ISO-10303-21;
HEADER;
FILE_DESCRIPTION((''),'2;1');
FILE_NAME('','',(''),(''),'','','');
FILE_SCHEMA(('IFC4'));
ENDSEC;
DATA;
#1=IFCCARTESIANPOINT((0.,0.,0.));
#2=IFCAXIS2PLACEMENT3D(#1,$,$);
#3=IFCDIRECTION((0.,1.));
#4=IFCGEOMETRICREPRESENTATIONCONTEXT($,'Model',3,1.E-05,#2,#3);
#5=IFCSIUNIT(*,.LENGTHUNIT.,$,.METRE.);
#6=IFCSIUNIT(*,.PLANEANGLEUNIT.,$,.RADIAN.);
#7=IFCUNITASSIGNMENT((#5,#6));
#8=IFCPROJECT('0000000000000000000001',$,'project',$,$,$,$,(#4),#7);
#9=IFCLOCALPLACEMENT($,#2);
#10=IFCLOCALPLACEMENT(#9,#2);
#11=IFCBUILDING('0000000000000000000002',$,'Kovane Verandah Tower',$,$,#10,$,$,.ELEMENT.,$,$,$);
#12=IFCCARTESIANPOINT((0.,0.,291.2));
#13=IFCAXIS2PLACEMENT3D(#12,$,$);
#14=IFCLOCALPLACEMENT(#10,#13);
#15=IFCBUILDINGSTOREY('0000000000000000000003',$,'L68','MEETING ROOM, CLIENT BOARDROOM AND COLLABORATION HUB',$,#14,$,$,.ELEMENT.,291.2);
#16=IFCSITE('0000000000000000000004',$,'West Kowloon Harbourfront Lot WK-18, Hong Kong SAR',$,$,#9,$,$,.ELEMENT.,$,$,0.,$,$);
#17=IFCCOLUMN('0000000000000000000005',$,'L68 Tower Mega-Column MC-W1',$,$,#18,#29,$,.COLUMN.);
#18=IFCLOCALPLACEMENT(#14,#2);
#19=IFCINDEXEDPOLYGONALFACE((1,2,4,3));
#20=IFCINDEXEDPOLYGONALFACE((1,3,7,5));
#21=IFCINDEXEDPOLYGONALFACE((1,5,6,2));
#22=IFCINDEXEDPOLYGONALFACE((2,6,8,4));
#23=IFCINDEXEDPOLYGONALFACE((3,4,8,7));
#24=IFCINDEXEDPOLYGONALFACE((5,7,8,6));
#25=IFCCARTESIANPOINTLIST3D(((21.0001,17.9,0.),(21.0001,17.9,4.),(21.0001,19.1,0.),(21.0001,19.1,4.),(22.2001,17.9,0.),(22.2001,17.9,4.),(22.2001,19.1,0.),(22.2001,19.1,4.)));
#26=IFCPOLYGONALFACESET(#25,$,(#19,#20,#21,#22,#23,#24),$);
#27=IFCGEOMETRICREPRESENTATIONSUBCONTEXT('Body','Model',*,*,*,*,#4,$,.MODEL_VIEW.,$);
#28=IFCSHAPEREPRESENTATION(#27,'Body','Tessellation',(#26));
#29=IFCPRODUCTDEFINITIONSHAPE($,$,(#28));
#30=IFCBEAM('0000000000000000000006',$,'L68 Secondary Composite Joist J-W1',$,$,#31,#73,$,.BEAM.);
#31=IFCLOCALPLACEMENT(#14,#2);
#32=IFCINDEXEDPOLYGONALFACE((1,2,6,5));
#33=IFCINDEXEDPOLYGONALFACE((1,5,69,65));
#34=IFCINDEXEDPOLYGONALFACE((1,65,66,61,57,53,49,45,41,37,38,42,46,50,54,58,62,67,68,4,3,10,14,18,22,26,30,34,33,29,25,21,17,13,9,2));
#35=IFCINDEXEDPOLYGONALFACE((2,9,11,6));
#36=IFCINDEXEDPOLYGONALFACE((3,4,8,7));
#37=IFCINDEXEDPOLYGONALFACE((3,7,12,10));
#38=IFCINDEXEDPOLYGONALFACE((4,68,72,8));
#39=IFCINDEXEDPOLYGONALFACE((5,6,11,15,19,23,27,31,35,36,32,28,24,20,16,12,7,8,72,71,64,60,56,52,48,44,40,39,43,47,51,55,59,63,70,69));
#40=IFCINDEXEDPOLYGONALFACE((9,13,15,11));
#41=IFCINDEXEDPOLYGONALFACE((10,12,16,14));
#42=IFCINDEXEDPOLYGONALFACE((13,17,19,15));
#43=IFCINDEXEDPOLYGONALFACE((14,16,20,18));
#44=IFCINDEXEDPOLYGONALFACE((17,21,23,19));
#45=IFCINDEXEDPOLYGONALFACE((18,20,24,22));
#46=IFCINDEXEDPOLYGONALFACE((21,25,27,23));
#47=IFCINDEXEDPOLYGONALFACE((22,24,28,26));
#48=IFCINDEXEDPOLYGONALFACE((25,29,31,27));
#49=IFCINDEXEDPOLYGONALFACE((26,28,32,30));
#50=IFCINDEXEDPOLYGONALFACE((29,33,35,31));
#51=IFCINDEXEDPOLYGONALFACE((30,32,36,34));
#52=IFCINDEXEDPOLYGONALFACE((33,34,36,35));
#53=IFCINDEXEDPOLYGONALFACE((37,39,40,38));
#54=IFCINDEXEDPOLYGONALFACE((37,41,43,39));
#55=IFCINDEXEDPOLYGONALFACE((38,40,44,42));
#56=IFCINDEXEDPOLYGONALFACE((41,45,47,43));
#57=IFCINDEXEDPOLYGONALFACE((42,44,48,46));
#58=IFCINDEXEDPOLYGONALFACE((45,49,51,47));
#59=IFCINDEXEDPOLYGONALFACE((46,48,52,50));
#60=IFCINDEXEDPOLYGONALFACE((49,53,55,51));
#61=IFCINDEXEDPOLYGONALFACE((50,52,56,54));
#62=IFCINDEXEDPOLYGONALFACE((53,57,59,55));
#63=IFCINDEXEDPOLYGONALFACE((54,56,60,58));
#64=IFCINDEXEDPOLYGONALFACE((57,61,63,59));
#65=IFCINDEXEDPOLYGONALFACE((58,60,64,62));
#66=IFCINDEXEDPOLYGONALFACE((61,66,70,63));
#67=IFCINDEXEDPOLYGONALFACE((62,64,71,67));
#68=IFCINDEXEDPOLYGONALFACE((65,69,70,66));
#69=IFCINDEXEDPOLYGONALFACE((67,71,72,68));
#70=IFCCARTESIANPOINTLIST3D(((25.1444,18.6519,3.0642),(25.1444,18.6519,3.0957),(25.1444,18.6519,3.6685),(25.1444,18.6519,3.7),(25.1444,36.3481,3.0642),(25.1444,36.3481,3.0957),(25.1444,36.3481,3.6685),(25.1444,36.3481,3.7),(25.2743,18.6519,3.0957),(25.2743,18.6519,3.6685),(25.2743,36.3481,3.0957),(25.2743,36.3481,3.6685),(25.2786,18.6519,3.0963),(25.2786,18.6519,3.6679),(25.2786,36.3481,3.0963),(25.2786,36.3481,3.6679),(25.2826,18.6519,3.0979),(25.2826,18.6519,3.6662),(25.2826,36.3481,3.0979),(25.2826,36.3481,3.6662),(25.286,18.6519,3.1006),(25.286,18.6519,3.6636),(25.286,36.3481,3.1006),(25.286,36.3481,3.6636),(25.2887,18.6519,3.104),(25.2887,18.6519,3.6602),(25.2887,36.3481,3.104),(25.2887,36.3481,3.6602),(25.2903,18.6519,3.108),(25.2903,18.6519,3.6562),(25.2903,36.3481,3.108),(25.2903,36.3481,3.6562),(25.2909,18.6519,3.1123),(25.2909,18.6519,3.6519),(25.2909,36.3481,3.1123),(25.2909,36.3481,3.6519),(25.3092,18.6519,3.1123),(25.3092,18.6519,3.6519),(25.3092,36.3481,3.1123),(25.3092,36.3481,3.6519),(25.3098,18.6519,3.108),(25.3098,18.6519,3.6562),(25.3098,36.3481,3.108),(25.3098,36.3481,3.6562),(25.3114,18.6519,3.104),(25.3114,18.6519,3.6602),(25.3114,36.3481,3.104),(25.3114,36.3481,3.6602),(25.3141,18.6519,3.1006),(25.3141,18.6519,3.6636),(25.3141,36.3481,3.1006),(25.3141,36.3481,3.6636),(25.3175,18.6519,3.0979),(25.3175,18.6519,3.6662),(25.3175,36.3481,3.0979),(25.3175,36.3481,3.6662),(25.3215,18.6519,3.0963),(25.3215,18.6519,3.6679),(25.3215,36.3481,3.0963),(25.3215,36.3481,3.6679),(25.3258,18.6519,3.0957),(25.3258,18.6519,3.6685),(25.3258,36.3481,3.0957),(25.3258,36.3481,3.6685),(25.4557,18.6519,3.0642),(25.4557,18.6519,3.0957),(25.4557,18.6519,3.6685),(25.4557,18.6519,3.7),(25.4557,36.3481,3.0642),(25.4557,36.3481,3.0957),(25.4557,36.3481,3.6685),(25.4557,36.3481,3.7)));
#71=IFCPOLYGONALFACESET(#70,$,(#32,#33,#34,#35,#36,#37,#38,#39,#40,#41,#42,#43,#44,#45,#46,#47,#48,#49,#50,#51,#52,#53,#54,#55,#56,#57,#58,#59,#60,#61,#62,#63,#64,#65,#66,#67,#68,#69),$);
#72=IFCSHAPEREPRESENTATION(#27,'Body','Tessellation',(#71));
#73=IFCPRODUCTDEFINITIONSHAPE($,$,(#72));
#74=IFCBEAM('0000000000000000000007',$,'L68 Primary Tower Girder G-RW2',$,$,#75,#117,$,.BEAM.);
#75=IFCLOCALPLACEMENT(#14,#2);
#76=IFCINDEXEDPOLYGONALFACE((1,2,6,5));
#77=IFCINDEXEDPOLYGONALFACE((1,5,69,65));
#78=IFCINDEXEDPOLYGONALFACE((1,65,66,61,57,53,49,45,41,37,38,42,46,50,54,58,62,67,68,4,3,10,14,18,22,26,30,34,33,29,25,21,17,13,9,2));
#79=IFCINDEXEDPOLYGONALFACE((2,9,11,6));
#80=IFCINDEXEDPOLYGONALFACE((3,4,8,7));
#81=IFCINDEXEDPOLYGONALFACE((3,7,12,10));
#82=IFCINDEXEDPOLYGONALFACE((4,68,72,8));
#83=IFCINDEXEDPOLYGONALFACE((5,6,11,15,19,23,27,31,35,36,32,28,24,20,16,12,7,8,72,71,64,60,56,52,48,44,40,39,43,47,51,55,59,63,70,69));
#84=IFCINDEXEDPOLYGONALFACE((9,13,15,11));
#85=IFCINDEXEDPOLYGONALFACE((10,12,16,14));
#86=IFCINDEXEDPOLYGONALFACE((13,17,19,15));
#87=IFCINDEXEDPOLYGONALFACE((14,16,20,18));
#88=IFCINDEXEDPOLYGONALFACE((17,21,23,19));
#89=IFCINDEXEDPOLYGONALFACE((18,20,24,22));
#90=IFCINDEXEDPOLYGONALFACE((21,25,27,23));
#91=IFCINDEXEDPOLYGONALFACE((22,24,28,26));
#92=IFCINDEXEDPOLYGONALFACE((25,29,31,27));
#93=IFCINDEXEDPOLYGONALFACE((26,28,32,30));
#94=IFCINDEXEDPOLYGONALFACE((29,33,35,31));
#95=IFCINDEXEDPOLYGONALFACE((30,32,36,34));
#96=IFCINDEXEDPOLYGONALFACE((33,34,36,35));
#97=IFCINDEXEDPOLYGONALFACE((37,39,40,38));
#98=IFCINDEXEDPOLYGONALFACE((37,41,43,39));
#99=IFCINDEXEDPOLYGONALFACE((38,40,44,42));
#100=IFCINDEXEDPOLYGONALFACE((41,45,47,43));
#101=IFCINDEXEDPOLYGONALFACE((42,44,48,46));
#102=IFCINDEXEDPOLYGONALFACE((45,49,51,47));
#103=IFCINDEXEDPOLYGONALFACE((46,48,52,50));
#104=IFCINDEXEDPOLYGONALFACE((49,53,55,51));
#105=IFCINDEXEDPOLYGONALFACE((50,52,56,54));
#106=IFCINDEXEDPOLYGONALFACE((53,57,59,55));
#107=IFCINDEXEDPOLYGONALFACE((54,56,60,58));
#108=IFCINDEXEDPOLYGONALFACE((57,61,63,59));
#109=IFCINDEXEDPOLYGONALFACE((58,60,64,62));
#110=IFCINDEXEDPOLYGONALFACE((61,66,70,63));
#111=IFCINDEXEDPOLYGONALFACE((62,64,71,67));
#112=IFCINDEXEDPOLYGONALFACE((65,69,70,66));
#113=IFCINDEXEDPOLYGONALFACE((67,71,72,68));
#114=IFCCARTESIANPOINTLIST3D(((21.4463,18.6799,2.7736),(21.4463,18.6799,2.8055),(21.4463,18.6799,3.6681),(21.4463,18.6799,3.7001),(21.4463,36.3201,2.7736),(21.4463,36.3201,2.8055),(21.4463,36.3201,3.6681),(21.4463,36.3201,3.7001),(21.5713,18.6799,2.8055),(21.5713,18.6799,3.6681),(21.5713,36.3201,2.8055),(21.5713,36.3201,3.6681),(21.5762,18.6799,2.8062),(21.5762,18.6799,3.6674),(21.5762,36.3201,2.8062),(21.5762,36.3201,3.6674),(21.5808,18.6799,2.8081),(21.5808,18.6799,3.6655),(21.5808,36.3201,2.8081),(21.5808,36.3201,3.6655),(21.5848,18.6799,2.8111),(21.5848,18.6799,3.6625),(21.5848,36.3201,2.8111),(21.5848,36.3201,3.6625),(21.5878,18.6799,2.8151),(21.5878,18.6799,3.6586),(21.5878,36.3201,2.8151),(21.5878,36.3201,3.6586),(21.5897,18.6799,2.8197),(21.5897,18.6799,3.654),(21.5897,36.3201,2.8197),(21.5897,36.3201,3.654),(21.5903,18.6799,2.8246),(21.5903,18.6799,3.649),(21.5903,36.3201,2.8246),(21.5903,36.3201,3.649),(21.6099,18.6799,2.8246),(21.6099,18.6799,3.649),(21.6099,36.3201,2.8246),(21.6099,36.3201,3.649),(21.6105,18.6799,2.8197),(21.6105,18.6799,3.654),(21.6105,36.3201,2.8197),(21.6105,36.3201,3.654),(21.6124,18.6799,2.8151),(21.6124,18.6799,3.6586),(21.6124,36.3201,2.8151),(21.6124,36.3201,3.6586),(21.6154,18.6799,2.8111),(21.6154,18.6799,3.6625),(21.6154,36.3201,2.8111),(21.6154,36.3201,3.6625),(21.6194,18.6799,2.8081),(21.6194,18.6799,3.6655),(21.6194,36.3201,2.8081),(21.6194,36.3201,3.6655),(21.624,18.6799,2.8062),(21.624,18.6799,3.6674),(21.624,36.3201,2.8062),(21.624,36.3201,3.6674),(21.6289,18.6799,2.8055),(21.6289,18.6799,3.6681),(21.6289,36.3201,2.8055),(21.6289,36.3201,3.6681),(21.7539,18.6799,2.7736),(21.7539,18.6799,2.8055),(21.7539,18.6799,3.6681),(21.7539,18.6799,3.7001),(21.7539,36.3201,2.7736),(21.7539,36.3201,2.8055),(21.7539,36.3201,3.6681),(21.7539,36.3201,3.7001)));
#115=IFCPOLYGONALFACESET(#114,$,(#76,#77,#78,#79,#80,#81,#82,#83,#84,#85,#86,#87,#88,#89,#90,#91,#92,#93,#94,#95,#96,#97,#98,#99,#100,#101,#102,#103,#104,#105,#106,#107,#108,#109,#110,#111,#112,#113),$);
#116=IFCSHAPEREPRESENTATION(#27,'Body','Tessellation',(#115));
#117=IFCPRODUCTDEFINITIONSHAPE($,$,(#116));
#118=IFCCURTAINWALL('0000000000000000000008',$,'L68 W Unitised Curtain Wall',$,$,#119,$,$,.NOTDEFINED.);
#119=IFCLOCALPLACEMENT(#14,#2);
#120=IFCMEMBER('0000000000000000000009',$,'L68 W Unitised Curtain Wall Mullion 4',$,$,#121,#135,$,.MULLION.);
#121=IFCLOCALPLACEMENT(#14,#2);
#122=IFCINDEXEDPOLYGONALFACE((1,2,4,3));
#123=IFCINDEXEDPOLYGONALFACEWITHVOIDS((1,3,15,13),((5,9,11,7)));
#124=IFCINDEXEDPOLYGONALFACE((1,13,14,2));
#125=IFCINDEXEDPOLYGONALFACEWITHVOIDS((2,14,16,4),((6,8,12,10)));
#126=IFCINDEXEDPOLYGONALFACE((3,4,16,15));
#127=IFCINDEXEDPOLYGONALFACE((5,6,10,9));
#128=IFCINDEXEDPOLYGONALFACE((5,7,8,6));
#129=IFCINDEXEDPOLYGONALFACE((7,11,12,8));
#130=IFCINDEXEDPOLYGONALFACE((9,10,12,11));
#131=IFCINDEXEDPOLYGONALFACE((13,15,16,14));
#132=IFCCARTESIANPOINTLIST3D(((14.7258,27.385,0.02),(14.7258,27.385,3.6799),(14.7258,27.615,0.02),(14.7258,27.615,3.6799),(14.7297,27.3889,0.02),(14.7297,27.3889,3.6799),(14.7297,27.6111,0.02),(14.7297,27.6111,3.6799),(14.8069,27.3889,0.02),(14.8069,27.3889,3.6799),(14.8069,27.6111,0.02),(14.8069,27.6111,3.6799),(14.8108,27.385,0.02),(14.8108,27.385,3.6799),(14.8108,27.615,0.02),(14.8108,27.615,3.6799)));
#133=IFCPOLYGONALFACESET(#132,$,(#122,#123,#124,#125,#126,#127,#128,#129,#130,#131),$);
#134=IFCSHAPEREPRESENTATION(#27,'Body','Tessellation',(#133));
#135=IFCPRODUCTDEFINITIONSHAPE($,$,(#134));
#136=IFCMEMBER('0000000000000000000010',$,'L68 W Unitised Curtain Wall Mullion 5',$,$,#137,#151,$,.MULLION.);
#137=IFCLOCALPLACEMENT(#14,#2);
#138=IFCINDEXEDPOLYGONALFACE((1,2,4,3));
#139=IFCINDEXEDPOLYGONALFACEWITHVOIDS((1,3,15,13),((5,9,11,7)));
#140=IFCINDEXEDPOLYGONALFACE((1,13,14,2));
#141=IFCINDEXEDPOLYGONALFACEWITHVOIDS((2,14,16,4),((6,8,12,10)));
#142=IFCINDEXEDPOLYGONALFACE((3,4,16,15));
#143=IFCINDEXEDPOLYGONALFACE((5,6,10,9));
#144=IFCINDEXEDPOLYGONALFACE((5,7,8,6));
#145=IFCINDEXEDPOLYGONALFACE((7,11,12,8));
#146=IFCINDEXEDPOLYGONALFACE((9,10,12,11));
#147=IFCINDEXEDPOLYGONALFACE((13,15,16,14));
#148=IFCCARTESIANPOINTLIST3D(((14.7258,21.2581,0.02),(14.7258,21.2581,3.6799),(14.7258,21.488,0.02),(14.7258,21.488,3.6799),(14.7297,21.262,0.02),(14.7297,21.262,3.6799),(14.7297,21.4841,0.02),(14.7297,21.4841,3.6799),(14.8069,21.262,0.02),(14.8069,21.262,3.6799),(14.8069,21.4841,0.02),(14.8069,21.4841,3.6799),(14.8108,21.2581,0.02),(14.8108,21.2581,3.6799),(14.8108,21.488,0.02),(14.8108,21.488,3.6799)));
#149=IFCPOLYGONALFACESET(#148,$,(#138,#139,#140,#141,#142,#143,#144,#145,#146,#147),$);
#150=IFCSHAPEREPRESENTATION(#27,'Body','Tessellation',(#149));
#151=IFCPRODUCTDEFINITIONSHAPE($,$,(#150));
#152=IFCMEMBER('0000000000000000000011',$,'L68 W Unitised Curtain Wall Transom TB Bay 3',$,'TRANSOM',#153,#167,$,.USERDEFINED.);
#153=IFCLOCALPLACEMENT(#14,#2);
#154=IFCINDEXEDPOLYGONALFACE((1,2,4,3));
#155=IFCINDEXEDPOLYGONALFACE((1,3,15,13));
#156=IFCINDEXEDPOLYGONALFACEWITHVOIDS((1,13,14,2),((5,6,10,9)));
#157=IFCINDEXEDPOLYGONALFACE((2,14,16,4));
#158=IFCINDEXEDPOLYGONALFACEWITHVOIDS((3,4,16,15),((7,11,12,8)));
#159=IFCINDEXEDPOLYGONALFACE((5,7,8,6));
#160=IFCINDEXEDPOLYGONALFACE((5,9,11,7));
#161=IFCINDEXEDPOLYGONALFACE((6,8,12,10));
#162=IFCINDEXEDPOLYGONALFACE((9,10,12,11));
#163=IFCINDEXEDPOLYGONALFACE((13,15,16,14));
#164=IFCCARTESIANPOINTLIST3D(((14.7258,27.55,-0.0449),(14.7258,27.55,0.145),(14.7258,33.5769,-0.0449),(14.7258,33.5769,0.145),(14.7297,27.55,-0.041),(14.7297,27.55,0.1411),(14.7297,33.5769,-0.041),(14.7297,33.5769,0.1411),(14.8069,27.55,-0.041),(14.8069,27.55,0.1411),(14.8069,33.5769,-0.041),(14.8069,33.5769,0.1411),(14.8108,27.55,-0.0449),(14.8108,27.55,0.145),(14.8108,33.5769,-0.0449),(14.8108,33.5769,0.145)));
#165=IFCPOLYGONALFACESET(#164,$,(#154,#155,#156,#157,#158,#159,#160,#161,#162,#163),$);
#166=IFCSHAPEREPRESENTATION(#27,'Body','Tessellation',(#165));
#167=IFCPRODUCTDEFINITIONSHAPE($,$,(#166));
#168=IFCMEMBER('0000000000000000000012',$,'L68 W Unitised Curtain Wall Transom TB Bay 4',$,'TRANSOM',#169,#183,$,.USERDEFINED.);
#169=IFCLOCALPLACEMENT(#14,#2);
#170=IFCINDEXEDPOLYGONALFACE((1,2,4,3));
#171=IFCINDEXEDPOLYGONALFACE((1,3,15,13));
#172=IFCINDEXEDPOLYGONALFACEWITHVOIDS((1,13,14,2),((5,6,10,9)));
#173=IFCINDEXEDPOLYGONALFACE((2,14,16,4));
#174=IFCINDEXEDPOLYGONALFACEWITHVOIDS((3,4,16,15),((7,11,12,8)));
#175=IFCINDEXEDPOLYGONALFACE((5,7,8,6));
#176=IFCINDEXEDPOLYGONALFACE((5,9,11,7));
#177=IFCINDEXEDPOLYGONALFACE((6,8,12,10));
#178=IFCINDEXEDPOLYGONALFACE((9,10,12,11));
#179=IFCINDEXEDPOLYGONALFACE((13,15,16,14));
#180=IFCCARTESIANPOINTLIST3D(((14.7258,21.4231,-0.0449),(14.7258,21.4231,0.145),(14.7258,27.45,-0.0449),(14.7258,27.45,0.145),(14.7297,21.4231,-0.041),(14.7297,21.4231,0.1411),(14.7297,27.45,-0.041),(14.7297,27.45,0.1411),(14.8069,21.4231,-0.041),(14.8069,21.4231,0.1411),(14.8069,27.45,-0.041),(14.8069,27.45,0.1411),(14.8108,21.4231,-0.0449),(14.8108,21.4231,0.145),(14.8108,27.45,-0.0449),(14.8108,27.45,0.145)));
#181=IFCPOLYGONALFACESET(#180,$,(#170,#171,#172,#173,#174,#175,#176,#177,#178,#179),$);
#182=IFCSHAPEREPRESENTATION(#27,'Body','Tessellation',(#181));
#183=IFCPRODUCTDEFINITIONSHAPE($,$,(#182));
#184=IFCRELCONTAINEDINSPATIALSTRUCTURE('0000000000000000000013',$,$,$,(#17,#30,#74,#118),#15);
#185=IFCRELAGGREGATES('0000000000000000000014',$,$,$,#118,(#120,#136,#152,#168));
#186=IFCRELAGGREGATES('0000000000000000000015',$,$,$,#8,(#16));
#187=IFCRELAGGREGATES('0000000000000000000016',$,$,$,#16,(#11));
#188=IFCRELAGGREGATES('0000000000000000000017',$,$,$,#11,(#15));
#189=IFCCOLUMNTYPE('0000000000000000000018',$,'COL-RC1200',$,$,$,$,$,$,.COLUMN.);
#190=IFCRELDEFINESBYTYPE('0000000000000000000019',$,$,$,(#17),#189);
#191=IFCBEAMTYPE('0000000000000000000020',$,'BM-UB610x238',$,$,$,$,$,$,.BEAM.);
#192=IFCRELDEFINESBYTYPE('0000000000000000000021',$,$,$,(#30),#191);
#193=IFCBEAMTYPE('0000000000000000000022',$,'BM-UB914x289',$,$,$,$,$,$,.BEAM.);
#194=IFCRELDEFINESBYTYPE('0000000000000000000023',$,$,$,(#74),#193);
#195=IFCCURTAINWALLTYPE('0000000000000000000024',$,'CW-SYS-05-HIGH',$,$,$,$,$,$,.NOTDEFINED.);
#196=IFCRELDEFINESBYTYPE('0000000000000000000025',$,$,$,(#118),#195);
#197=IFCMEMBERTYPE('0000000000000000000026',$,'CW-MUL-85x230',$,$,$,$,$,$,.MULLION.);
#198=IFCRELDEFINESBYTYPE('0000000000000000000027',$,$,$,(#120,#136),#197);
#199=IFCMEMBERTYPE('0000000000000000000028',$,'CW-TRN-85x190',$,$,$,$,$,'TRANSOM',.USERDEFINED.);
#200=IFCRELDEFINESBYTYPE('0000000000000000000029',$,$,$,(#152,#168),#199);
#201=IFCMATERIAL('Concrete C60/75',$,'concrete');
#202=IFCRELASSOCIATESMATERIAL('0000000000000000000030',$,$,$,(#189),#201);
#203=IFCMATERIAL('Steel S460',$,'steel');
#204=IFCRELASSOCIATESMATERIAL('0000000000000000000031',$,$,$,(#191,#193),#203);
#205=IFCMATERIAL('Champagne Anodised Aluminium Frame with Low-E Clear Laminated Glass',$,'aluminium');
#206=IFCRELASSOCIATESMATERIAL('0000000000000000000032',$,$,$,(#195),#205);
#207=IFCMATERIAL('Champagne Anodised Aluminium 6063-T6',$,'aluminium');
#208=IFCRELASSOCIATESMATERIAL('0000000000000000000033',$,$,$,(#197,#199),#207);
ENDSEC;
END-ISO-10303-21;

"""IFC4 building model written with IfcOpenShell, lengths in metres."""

from ifc_helpers import new_model, si_unit, direction, frame, origin, origin_2d, place, context, subcontext, project, spatial, rectangle, hollow_rectangle, i_section, extrude, material, material_profile, profile_set, type_object, element, aggregate, save


model = new_model("IFC4")

# Units and contexts
model_context = context("Model", 3, precision=1e-05, world=origin(), true_north=direction((0.0, 1.0)))
body_context = subcontext(model_context, "Body", "Model", "MODEL_VIEW")
ifc_project = project(units=[si_unit("LENGTHUNIT", "METRE"), si_unit("PLANEANGLEUNIT", "RADIAN")], contexts=[model_context])

# Site, building, storey
site_placement = place(None, origin())
site = spatial("IfcSite", under=ifc_project, at=site_placement, Name="West Kowloon Harbourfront Lot WK-18, Hong Kong SAR", CompositionType="ELEMENT", RefElevation=0.0)
building_placement = place(site_placement, origin())
building = spatial("IfcBuilding", under=site, at=building_placement, Name="Kovane Verandah Tower", CompositionType="ELEMENT")
storey_placement = place(building_placement, frame((0.0, 0.0, 291.2)))
storey = spatial("IfcBuildingStorey", under=building, at=storey_placement, Name="L68", Description="MEETING ROOM, CLIENT BOARDROOM AND COLLABORATION HUB", CompositionType="ELEMENT", Elevation=291.2)

# Column
ifc_material_1 = material(Name="Concrete C60/75", Category="concrete")
ifc_material_profile_1 = material_profile(ifc_material_1, rectangle(XDim=1.2, YDim=1.2, at=origin_2d()), Name="RC1200x1200")
ifc_profile_set_1 = profile_set([ifc_material_profile_1], Name="Concrete C60/75")
column_type = type_object("IfcColumnType", Name="COL-RC1200", PredefinedType="COLUMN", material=ifc_profile_set_1)
column_placement = place(storey_placement, frame((21.6001, 18.5, 0.0), z_axis=(0.0, 0.0, 1.0), x_axis=(1.0, 0.0, 0.0)))
element("IfcColumn", 1, at=column_placement, inside=storey, type_object=column_type, Name="L68 Tower Mega-Column MC-W1", PredefinedType="COLUMN", context=body_context, shape_type="SweptSolid", body=[
    extrude(rectangle(XDim=1.2, YDim=1.2, at=origin_2d()), origin(), (0.0, 0.0, 1.0), 4.0),
])

# Beams
ifc_material_2 = material(Name="Steel S460", Category="steel")
ifc_material_profile_2 = material_profile(ifc_material_2, i_section(OverallWidth=0.3113, OverallDepth=0.6357, WebThickness=0.0183, FlangeThickness=0.0315, FilletRadius=0.0166, at=origin_2d()), Name="UB610x305x238")
ifc_profile_set_2 = profile_set([ifc_material_profile_2], Name="Steel S460")
beam_type_1 = type_object("IfcBeamType", Name="BM-UB610x238", PredefinedType="BEAM", material=ifc_profile_set_2)
beam_1_placement = place(storey_placement, frame((25.3, 18.6519, 3.3821), z_axis=(0.0, 1.0, 0.0), x_axis=(-1.0, 0.0, 0.0)))
element("IfcBeam", 2, at=beam_1_placement, inside=storey, type_object=beam_type_1, Name="L68 Secondary Composite Joist J-W1", PredefinedType="BEAM", context=body_context, shape_type="SweptSolid", body=[
    extrude(i_section(OverallWidth=0.3113, OverallDepth=0.6357, WebThickness=0.0183, FlangeThickness=0.0315, FilletRadius=0.0166, at=origin_2d()), origin(), (0.0, 0.0, 1.0), 17.6963),
])
ifc_material_profile_3 = material_profile(ifc_material_2, i_section(OverallWidth=0.3076, OverallDepth=0.9265, WebThickness=0.0195, FlangeThickness=0.032, FilletRadius=0.019, at=origin_2d()), Name="UB914x305x289")
ifc_profile_set_3 = profile_set([ifc_material_profile_3], Name="Steel S460")
beam_type_2 = type_object("IfcBeamType", Name="BM-UB914x289", PredefinedType="BEAM", material=ifc_profile_set_3)
beam_2_placement = place(storey_placement, frame((21.6001, 18.6799, 3.2368), z_axis=(0.0, 1.0, 0.0), x_axis=(-1.0, 0.0, 0.0)))
element("IfcBeam", 3, at=beam_2_placement, inside=storey, type_object=beam_type_2, Name="L68 Primary Tower Girder G-RW2", PredefinedType="BEAM", context=body_context, shape_type="SweptSolid", body=[
    extrude(i_section(OverallWidth=0.3076, OverallDepth=0.9265, WebThickness=0.0195, FlangeThickness=0.032, FilletRadius=0.019, at=origin_2d()), origin(), (0.0, 0.0, 1.0), 17.6401),
])

# Curtain wall, members
ifc_material_3 = material(Name="Champagne Anodised Aluminium Frame with Low-E Clear Laminated Glass", Category="aluminium")
curtain_wall_type = type_object("IfcCurtainWallType", Name="CW-SYS-05-HIGH", PredefinedType="NOTDEFINED", material=ifc_material_3)
curtain_wall_placement = place(storey_placement, origin())
curtain_wall = element("IfcCurtainWall", 4, at=curtain_wall_placement, inside=storey, type_object=curtain_wall_type, Name="L68 W Unitised Curtain Wall", PredefinedType="NOTDEFINED")
ifc_material_4 = material(Name="Champagne Anodised Aluminium 6063-T6", Category="aluminium")
ifc_material_profile_4 = material_profile(ifc_material_4, hollow_rectangle(XDim=0.085, YDim=0.23, WallThickness=0.0039, at=origin_2d()), Name="AL85x230x4")
ifc_profile_set_4 = profile_set([ifc_material_profile_4], Name="Champagne Anodised Aluminium 6063-T6")
member_type_1 = type_object("IfcMemberType", Name="CW-MUL-85x230", PredefinedType="MULLION", material=ifc_profile_set_4)
member_1_placement = place(storey_placement, frame((14.7683, 27.5, 0.02), z_axis=(0.0, 0.0, 1.0), x_axis=(-1.0, 0.0, 0.0)))
member_1 = element("IfcMember", 5, at=member_1_placement, type_object=member_type_1, Name="L68 W Unitised Curtain Wall Mullion 4", PredefinedType="MULLION", context=body_context, shape_type="SweptSolid", body=[
    extrude(hollow_rectangle(XDim=0.085, YDim=0.23, WallThickness=0.0039, at=origin_2d()), origin(), (0.0, 0.0, 1.0), 3.6599),
])
member_2_placement = place(storey_placement, frame((14.7683, 21.373, 0.02), z_axis=(0.0, 0.0, 1.0), x_axis=(-1.0, 0.0, 0.0)))
member_2 = element("IfcMember", 6, at=member_2_placement, type_object=member_type_1, Name="L68 W Unitised Curtain Wall Mullion 5", PredefinedType="MULLION", context=body_context, shape_type="SweptSolid", body=[
    extrude(hollow_rectangle(XDim=0.085, YDim=0.23, WallThickness=0.0039, at=origin_2d()), origin(), (0.0, 0.0, 1.0), 3.6599),
])
ifc_material_profile_5 = material_profile(ifc_material_4, hollow_rectangle(XDim=0.085, YDim=0.1899, WallThickness=0.0039, at=origin_2d()), Name="AL85x190x4")
ifc_profile_set_5 = profile_set([ifc_material_profile_5], Name="Champagne Anodised Aluminium 6063-T6")
member_type_2 = type_object("IfcMemberType", Name="CW-TRN-85x190", ElementType="TRANSOM", PredefinedType="USERDEFINED", material=ifc_profile_set_5)
member_3_placement = place(storey_placement, frame((14.7683, 33.5769, 0.05), z_axis=(0.0, -1.0, 0.0), x_axis=(1.0, 0.0, 0.0)))
member_3 = element("IfcMember", 7, at=member_3_placement, type_object=member_type_2, Name="L68 W Unitised Curtain Wall Transom TB Bay 3", ObjectType="TRANSOM", PredefinedType="USERDEFINED", context=body_context, shape_type="SweptSolid", body=[
    extrude(hollow_rectangle(XDim=0.085, YDim=0.1899, WallThickness=0.0039, at=origin_2d()), origin(), (0.0, 0.0, 1.0), 6.0269),
])
member_4_placement = place(storey_placement, frame((14.7683, 27.45, 0.05), z_axis=(0.0, -1.0, 0.0), x_axis=(1.0, 0.0, 0.0)))
member_4 = element("IfcMember", 8, at=member_4_placement, type_object=member_type_2, Name="L68 W Unitised Curtain Wall Transom TB Bay 4", ObjectType="TRANSOM", PredefinedType="USERDEFINED", context=body_context, shape_type="SweptSolid", body=[
    extrude(hollow_rectangle(XDim=0.085, YDim=0.1899, WallThickness=0.0039, at=origin_2d()), origin(), (0.0, 0.0, 1.0), 6.0269),
])
aggregate(curtain_wall, [member_1, member_2, member_3, member_4])

save(model, "model.ifc")
